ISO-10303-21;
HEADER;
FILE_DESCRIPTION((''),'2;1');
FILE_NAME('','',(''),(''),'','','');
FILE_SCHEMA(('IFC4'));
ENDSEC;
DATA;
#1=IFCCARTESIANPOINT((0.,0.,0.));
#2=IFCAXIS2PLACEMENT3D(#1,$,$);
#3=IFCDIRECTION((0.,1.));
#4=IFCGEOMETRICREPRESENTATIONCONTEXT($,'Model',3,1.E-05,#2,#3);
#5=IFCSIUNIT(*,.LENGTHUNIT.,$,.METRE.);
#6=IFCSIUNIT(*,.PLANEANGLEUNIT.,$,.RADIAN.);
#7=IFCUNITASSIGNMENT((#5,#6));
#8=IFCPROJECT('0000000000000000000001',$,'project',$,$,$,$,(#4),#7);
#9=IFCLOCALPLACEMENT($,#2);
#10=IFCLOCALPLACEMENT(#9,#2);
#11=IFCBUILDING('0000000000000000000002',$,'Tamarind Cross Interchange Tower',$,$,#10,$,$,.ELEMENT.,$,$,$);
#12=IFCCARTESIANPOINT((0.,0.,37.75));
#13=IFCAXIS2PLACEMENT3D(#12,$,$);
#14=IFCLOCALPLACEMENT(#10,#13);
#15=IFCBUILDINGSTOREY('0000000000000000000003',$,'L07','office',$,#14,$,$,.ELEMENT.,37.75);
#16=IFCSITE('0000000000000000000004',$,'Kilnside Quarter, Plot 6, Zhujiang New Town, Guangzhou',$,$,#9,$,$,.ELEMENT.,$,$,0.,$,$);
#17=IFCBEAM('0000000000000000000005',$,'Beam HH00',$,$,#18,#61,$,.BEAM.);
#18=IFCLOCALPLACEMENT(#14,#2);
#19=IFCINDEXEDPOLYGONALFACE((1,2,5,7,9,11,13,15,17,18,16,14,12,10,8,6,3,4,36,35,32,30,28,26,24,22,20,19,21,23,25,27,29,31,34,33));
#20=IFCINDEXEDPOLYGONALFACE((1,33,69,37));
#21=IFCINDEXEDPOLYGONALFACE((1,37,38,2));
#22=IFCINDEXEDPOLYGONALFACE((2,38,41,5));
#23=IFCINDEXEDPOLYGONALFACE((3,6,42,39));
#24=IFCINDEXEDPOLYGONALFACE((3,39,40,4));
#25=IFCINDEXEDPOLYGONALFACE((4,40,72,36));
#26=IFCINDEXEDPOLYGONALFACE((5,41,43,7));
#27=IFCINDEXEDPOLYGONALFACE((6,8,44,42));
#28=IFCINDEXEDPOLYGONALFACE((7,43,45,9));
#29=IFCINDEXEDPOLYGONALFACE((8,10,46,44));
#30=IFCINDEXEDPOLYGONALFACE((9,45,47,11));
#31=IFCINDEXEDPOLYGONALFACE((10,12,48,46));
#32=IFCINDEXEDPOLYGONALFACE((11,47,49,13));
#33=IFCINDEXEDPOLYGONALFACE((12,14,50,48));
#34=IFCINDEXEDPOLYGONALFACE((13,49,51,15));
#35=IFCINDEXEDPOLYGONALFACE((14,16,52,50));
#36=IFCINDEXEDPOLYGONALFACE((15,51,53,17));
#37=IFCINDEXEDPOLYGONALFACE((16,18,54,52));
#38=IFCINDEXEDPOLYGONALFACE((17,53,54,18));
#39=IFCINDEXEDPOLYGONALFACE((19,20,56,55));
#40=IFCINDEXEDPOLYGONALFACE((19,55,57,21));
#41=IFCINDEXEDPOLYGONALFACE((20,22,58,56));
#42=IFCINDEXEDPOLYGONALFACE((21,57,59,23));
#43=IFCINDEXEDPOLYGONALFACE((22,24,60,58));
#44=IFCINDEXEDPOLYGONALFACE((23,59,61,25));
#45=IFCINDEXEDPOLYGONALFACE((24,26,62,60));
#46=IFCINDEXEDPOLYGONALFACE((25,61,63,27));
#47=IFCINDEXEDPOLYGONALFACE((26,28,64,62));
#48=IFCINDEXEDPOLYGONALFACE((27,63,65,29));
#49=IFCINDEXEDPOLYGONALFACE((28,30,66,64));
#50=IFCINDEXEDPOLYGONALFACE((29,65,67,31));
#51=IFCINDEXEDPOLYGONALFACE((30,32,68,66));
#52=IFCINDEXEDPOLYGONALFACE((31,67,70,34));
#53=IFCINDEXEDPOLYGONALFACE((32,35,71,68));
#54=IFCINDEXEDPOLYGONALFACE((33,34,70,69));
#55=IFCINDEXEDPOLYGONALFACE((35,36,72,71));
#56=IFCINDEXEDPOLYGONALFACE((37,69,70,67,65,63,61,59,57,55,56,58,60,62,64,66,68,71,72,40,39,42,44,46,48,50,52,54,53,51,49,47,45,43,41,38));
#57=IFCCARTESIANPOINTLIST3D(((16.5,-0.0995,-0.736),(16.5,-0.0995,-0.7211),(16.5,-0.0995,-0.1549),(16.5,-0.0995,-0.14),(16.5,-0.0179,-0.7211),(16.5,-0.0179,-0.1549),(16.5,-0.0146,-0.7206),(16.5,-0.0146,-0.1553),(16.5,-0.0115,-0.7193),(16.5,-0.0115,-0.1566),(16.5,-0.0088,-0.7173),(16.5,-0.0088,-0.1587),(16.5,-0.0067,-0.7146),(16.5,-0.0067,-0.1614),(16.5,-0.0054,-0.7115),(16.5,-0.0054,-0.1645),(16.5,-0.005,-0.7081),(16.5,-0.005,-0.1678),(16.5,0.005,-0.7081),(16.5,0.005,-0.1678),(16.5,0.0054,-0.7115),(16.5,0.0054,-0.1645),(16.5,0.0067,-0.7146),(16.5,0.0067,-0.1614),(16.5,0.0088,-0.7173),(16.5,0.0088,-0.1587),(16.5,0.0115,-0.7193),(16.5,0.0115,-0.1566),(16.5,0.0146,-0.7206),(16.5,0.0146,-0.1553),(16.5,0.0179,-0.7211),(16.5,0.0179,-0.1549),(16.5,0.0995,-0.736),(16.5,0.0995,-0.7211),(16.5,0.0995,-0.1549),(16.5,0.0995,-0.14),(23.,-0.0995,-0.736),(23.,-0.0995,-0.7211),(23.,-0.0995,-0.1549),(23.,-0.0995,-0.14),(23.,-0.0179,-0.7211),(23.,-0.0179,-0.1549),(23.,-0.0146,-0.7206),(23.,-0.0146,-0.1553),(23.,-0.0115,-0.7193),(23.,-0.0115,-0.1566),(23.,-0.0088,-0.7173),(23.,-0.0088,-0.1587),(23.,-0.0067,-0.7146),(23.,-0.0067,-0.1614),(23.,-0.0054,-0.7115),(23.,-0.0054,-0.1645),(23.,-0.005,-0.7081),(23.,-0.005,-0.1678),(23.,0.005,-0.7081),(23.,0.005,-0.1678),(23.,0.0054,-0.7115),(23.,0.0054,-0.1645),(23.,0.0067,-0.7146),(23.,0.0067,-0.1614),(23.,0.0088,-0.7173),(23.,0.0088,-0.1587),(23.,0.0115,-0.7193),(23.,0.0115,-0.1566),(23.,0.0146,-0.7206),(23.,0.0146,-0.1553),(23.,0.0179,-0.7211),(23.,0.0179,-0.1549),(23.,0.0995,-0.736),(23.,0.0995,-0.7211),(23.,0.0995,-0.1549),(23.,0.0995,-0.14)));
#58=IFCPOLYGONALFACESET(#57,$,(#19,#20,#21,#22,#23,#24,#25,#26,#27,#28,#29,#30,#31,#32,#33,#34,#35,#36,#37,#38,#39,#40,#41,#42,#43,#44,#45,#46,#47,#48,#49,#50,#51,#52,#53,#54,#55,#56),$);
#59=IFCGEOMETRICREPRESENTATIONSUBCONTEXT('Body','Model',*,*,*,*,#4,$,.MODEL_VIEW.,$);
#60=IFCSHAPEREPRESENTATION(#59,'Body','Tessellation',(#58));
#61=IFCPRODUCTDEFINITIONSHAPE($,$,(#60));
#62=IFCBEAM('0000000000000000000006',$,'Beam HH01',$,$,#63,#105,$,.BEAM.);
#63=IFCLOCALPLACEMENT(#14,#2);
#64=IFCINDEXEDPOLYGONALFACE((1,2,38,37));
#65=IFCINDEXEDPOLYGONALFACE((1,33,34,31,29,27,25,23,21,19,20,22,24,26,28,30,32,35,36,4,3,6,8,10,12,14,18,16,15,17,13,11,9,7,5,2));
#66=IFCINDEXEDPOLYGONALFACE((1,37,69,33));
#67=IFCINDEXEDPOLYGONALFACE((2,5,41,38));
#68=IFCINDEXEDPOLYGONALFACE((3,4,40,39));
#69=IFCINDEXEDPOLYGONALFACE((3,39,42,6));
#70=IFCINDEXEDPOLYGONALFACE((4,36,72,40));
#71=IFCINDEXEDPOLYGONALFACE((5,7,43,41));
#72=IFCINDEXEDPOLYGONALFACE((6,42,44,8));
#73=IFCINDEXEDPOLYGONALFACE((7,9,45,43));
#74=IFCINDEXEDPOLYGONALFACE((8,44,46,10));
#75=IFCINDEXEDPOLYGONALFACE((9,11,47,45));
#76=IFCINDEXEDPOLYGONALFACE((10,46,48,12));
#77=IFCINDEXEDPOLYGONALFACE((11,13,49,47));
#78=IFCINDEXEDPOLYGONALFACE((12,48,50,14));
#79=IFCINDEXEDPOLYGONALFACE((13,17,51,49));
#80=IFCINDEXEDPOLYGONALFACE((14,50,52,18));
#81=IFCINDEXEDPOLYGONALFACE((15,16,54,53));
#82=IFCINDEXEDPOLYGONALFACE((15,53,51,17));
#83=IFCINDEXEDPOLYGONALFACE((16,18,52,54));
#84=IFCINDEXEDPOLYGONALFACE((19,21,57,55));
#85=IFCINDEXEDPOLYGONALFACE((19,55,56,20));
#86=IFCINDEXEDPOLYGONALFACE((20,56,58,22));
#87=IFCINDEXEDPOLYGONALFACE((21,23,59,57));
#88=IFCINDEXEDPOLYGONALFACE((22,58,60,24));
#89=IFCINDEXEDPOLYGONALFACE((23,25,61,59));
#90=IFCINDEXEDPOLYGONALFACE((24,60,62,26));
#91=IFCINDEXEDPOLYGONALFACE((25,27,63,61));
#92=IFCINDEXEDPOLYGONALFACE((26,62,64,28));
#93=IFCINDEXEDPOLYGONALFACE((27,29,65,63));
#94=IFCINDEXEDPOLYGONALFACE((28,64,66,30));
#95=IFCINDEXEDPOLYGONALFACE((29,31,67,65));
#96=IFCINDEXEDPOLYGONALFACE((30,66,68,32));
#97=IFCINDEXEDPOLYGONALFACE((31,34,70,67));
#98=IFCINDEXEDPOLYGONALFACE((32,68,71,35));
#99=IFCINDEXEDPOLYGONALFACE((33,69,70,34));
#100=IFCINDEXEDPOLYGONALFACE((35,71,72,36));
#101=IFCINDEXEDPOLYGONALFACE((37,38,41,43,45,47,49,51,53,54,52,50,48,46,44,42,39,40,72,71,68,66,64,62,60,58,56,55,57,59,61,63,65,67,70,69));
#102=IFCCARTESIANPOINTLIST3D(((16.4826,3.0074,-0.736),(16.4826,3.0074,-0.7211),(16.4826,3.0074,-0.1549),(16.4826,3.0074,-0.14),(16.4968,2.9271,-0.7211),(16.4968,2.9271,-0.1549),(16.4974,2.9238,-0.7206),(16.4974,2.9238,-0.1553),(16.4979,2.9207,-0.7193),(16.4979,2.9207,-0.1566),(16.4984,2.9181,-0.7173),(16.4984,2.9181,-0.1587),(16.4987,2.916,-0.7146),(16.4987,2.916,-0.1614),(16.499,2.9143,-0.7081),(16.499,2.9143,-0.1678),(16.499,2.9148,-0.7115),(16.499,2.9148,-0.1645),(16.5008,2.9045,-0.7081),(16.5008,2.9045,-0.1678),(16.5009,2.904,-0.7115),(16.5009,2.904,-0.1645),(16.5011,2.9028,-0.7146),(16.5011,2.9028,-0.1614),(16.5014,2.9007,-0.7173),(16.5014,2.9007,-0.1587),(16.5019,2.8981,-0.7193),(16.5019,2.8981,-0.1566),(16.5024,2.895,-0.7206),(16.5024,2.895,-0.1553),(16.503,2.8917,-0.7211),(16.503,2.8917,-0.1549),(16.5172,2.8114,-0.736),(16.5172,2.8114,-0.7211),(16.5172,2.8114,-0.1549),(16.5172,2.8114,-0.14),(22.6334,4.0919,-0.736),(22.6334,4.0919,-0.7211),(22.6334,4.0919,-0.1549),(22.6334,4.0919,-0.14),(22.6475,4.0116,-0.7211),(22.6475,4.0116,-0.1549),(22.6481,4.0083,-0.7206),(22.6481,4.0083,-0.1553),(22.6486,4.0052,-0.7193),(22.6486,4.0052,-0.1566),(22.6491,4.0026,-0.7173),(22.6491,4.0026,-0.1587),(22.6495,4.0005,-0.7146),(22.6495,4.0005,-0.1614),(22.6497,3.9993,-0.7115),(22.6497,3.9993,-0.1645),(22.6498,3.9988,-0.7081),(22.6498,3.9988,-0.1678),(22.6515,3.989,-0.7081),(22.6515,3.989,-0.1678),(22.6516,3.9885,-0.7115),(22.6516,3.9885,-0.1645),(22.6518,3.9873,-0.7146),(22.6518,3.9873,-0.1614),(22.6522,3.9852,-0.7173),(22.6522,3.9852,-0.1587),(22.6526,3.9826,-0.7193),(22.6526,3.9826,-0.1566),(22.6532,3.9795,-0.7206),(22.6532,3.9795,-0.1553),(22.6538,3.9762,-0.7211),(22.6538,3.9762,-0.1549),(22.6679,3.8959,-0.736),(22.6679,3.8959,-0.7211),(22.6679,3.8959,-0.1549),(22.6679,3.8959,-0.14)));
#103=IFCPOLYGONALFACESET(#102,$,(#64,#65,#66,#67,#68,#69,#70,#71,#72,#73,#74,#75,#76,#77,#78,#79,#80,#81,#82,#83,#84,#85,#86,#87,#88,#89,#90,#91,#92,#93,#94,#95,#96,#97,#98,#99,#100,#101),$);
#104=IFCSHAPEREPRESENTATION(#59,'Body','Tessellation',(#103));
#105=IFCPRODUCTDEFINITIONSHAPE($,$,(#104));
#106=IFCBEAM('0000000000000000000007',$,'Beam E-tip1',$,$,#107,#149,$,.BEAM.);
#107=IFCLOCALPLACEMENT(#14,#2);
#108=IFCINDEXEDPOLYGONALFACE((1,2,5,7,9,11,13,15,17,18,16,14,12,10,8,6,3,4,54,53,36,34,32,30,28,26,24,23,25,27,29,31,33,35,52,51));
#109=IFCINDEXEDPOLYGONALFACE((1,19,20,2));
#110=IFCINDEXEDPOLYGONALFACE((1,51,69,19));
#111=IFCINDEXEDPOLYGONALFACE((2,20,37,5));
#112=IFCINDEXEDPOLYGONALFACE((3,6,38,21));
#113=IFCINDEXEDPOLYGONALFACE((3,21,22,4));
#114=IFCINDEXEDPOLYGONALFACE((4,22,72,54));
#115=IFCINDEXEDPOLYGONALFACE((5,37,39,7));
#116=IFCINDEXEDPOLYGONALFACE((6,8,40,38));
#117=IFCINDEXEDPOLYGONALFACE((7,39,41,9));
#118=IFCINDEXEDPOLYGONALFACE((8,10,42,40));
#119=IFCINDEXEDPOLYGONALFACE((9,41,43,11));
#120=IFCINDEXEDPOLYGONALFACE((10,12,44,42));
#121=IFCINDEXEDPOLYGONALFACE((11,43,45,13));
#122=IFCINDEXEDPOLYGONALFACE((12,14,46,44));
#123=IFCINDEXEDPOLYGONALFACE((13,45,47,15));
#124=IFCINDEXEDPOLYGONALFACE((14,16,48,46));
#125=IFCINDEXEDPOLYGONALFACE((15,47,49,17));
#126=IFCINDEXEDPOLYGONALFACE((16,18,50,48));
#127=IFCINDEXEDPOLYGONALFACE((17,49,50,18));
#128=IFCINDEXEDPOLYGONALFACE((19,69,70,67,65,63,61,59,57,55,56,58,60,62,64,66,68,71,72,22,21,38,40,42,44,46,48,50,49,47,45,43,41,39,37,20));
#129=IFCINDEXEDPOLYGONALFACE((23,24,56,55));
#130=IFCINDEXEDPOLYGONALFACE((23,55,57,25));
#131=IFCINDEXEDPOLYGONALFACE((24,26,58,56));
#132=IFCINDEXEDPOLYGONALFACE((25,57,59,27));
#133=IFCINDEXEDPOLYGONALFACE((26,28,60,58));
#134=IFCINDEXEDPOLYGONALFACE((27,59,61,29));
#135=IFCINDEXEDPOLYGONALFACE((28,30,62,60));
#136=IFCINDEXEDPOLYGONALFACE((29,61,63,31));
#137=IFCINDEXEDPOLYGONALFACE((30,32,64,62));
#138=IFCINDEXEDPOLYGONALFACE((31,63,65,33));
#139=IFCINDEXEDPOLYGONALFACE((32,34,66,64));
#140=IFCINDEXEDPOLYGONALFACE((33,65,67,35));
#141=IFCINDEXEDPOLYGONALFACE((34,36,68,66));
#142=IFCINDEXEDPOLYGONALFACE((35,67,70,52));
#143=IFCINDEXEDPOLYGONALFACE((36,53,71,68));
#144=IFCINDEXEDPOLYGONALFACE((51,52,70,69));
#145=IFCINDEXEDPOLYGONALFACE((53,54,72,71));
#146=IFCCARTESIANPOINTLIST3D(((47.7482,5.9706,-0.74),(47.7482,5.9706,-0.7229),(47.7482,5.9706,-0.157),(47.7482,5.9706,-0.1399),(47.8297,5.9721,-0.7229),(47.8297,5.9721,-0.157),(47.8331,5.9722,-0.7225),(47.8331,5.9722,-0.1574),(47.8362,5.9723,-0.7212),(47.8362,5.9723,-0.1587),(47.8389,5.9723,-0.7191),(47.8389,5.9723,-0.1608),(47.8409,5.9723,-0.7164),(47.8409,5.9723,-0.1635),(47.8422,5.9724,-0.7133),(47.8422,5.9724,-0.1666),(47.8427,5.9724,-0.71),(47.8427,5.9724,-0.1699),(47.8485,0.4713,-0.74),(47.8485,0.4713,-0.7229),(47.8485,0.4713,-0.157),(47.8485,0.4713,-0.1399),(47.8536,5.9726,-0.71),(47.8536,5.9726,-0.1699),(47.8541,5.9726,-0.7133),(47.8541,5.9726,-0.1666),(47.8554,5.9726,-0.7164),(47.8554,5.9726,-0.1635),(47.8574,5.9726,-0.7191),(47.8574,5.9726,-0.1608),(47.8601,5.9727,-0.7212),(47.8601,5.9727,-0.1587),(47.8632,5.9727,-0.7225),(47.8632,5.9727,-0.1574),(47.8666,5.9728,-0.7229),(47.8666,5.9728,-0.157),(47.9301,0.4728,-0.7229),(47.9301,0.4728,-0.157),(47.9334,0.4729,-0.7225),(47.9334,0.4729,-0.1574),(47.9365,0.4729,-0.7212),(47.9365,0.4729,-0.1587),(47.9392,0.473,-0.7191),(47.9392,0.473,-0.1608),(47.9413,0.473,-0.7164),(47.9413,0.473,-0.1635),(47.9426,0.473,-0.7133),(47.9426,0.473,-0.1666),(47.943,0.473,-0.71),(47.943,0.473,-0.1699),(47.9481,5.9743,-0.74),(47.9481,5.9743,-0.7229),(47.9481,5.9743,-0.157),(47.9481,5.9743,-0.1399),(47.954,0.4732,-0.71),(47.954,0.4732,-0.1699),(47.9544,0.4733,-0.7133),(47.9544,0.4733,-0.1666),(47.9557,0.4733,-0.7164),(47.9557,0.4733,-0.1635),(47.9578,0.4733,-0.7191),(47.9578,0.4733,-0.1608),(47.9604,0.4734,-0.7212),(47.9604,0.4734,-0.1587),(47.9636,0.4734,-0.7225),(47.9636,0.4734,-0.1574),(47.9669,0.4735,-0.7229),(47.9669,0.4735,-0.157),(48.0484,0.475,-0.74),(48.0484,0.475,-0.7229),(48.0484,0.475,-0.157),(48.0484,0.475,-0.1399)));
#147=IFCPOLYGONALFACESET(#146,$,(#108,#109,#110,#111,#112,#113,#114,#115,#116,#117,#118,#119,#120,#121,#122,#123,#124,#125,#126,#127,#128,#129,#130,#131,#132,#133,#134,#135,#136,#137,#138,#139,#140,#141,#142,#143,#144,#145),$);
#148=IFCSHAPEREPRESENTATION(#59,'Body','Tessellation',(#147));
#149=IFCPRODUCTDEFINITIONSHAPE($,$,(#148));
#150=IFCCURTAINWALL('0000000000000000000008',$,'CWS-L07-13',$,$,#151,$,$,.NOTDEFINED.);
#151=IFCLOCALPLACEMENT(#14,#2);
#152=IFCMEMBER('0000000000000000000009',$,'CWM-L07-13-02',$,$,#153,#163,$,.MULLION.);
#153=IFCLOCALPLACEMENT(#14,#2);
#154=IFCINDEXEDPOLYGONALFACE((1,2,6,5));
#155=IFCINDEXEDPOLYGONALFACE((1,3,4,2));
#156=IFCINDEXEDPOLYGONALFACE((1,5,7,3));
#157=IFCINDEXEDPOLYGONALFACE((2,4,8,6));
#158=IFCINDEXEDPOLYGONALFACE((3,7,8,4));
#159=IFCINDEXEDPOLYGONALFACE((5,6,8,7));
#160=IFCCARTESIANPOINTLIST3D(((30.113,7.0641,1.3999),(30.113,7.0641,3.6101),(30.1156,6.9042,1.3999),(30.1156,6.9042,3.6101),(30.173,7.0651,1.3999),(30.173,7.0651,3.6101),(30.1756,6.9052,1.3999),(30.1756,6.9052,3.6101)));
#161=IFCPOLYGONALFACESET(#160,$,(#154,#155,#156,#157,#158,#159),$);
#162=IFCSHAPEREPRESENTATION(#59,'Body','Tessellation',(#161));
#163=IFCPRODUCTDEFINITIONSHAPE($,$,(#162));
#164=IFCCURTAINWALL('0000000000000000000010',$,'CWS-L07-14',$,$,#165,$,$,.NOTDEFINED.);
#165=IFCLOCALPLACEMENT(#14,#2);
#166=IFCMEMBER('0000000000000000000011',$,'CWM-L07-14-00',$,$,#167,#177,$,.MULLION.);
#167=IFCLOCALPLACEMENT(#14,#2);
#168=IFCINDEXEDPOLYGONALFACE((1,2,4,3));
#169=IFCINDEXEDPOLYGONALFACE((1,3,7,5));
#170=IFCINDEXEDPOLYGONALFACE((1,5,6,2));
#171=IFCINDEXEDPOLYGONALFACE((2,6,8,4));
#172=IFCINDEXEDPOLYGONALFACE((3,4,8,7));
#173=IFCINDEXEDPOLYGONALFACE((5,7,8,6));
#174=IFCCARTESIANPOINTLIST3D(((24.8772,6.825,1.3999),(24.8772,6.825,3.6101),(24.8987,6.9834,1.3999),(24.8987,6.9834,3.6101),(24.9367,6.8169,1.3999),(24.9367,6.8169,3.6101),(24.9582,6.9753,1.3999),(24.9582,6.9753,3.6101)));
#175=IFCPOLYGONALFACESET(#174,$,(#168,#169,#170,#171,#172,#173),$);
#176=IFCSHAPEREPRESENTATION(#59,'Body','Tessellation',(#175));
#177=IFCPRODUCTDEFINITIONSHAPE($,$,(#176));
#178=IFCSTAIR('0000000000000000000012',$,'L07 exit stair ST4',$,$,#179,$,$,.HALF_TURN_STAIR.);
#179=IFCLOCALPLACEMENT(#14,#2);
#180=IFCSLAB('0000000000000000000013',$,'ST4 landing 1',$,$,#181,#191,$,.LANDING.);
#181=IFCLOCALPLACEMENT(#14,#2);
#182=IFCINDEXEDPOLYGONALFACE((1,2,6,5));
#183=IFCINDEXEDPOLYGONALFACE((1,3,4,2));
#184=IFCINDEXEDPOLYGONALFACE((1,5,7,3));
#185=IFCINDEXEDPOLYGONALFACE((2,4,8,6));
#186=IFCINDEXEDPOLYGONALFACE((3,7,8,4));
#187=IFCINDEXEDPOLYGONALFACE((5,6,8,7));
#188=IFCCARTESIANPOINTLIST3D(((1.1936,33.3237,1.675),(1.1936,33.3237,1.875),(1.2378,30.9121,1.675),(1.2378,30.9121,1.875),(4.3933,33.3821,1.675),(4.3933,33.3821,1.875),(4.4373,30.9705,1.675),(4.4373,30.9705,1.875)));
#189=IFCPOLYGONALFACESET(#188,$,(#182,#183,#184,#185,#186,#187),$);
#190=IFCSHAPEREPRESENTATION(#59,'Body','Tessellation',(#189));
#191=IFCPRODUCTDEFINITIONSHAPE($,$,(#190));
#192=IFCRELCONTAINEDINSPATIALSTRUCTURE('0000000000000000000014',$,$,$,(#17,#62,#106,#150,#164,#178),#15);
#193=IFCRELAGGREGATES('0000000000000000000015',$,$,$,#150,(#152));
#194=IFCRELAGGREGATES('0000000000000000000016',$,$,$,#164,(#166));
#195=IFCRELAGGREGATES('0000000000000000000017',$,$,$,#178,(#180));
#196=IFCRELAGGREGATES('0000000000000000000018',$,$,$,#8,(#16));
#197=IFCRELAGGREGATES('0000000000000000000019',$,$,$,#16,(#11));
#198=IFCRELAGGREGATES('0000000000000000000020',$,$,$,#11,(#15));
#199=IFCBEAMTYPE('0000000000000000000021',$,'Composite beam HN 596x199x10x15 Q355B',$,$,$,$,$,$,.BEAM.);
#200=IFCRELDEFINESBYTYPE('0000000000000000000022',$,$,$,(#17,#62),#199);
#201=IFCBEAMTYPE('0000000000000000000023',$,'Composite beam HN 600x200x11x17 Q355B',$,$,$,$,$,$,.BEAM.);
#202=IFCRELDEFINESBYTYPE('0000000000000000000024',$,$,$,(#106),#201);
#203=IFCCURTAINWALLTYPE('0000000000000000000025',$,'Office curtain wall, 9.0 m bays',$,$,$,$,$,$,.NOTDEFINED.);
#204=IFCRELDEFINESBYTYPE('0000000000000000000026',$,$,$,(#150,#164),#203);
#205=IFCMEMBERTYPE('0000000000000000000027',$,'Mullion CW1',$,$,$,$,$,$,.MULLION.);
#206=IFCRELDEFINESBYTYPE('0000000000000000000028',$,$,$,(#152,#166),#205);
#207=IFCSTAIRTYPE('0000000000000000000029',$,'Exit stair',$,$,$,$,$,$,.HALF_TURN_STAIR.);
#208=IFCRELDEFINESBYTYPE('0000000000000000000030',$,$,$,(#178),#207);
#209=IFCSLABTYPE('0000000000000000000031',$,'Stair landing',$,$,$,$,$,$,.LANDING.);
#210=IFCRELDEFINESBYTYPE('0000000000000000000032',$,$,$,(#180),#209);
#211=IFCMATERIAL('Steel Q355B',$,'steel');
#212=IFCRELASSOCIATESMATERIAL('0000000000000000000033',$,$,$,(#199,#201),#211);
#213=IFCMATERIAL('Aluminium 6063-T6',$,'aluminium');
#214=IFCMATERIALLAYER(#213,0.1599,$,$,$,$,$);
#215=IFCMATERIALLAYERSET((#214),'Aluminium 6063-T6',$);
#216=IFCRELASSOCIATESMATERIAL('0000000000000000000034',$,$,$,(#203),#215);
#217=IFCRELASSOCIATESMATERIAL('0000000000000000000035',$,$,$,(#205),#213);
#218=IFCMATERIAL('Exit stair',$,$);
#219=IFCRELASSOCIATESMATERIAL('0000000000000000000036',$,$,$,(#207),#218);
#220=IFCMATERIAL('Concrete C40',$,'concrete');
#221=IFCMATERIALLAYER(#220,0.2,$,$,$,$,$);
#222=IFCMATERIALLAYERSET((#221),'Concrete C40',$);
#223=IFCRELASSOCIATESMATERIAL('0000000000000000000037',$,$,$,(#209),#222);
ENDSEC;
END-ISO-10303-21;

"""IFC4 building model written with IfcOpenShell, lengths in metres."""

from ifc_helpers import new_model, si_unit, direction, frame, origin, origin_2d, place, context, subcontext, project, spatial, polyline, rectangle, i_section, outline, extrude, material, layer, layer_set, material_profile, profile_set, type_object, element, aggregate, save


model = new_model("IFC4")

# Units and contexts
model_context = context("Model", 3, precision=1e-05, world=origin(), true_north=direction((0.0, 1.0)))
body_context = subcontext(model_context, "Body", "Model", "MODEL_VIEW")
ifc_project = project(units=[si_unit("LENGTHUNIT", "METRE"), si_unit("PLANEANGLEUNIT", "RADIAN")], contexts=[model_context])

# Site, building, storey
site_placement = place(None, origin())
site = spatial("IfcSite", under=ifc_project, at=site_placement, Name="Kilnside Quarter, Plot 6, Zhujiang New Town, Guangzhou", CompositionType="ELEMENT", RefElevation=0.0)
building_placement = place(site_placement, origin())
building = spatial("IfcBuilding", under=site, at=building_placement, Name="Tamarind Cross Interchange Tower", CompositionType="ELEMENT")
storey_placement = place(building_placement, frame((0.0, 0.0, 37.75)))
storey = spatial("IfcBuildingStorey", under=building, at=storey_placement, Name="L07", Description="office", CompositionType="ELEMENT", Elevation=37.75)

# Beams
ifc_material_1 = material(Name="Steel Q355B", Category="steel")
ifc_material_profile_1 = material_profile(ifc_material_1, i_section(OverallWidth=0.199, OverallDepth=0.5959, WebThickness=0.01, FlangeThickness=0.0149, FilletRadius=0.0129, at=origin_2d()), Name="HN 596x199x10x15")
ifc_profile_set_1 = profile_set([ifc_material_profile_1], Name="Steel Q355B")
beam_type_1 = type_object("IfcBeamType", Name="Composite beam HN 596x199x10x15 Q355B", PredefinedType="BEAM", material=ifc_profile_set_1)
beam_1_placement = place(storey_placement, frame((23.0, 0.0, -0.438), z_axis=(-1.0, 0.0, 0.0), x_axis=(0.0, -1.0, 0.0)))
element("IfcBeam", 1, at=beam_1_placement, inside=storey, type_object=beam_type_1, Name="Beam HH00", PredefinedType="BEAM", context=body_context, shape_type="SweptSolid", body=[
    extrude(i_section(OverallWidth=0.199, OverallDepth=0.5959, WebThickness=0.01, FlangeThickness=0.0149, FilletRadius=0.0129, at=origin_2d()), origin(), (0.0, 0.0, 1.0), 6.5),
])
beam_2_placement = place(storey_placement, frame((22.6506, 3.9939, -0.438), z_axis=(-0.984809, -0.17364, 0.0), x_axis=(0.17364, -0.984809, 0.0)))
element("IfcBeam", 2, at=beam_2_placement, inside=storey, type_object=beam_type_1, Name="Beam HH01", PredefinedType="BEAM", context=body_context, shape_type="SweptSolid", body=[
    extrude(i_section(OverallWidth=0.199, OverallDepth=0.5959, WebThickness=0.01, FlangeThickness=0.0149, FilletRadius=0.0129, at=origin_2d()), origin(), (0.0, 0.0, 1.0), 6.2456),
])
ifc_material_profile_2 = material_profile(ifc_material_1, i_section(OverallWidth=0.2, OverallDepth=0.6001, WebThickness=0.011, FlangeThickness=0.0171, FilletRadius=0.0129, at=origin_2d()), Name="HN 600x200x11x17")
ifc_profile_set_2 = profile_set([ifc_material_profile_2], Name="Steel Q355B")
beam_type_2 = type_object("IfcBeamType", Name="Composite beam HN 600x200x11x17 Q355B", PredefinedType="BEAM", material=ifc_profile_set_2)
beam_3_placement = place(storey_placement, frame((47.9485, 0.4731, -0.4399), z_axis=(-0.018243, 0.999834, 0.0), x_axis=(-0.999834, -0.018243, 0.0)))
element("IfcBeam", 3, at=beam_3_placement, inside=storey, type_object=beam_type_2, Name="Beam E-tip1", PredefinedType="BEAM", context=body_context, shape_type="SweptSolid", body=[
    extrude(i_section(OverallWidth=0.2, OverallDepth=0.6001, WebThickness=0.011, FlangeThickness=0.0171, FilletRadius=0.0129, at=origin_2d()), origin(), (0.0, 0.0, 1.0), 5.5002),
])

# Curtain walls, members
ifc_material_2 = material(Name="Aluminium 6063-T6", Category="aluminium")
ifc_layer_1 = layer(ifc_material_2, 0.1599)
ifc_layer_set_1 = layer_set([ifc_layer_1], Name="Aluminium 6063-T6")
curtain_wall_type = type_object("IfcCurtainWallType", Name="Office curtain wall, 9.0 m bays", PredefinedType="NOTDEFINED", material=ifc_layer_set_1)
curtain_wall_1_placement = place(storey_placement, origin())
curtain_wall_1 = element("IfcCurtainWall", 4, at=curtain_wall_1_placement, inside=storey, type_object=curtain_wall_type, Name="CWS-L07-13", PredefinedType="NOTDEFINED")
ifc_material_profile_3 = material_profile(ifc_material_2, rectangle(XDim=0.0601, YDim=0.1599, at=origin_2d()), Name="Mullion CW1")
ifc_profile_set_3 = profile_set([ifc_material_profile_3], Name="Aluminium 6063-T6")
member_type = type_object("IfcMemberType", Name="Mullion CW1", PredefinedType="MULLION", material=ifc_profile_set_3)
member_1_placement = place(storey_placement, frame((30.1443, 6.9846, 1.3999), z_axis=(0.0, 0.0, 1.0), x_axis=(-0.999869, -0.016194, 0.0)))
member_1 = element("IfcMember", 5, at=member_1_placement, type_object=member_type, Name="CWM-L07-13-02", PredefinedType="MULLION", context=body_context, shape_type="SweptSolid", body=[
    extrude(rectangle(XDim=0.0601, YDim=0.1599, at=origin_2d()), origin(), (0.0, 0.0, 1.0), 2.2102),
])
aggregate(curtain_wall_1, [member_1])
curtain_wall_2_placement = place(storey_placement, origin())
curtain_wall_2 = element("IfcCurtainWall", 6, at=curtain_wall_2_placement, inside=storey, type_object=curtain_wall_type, Name="CWS-L07-14", PredefinedType="NOTDEFINED")
member_2_placement = place(storey_placement, frame((24.9177, 6.9001, 1.3999), z_axis=(0.0, 0.0, 1.0), x_axis=(-0.990913, 0.134501, 0.0)))
member_2 = element("IfcMember", 7, at=member_2_placement, type_object=member_type, Name="CWM-L07-14-00", PredefinedType="MULLION", context=body_context, shape_type="SweptSolid", body=[
    extrude(rectangle(XDim=0.0601, YDim=0.1599, at=origin_2d()), origin(), (0.0, 0.0, 1.0), 2.2102),
])
aggregate(curtain_wall_2, [member_2])

# Stair, slab
ifc_material_3 = material(Name="Exit stair")
stair_type = type_object("IfcStairType", Name="Exit stair", PredefinedType="HALF_TURN_STAIR", material=ifc_material_3)
stair_1_placement = place(storey_placement, origin())
stair_1 = element("IfcStair", 8, at=stair_1_placement, inside=storey, type_object=stair_type, Name="L07 exit stair ST4", PredefinedType="HALF_TURN_STAIR")
ifc_material_4 = material(Name="Concrete C40", Category="concrete")
ifc_layer_2 = layer(ifc_material_4, 0.2)
ifc_layer_set_2 = layer_set([ifc_layer_2], Name="Concrete C40")
slab_type = type_object("IfcSlabType", Name="Stair landing", PredefinedType="LANDING", material=ifc_layer_set_2)
slab_1_placement = place(storey_placement, frame((0.0, 0.0, 1.675)))
slab_1 = element("IfcSlab", 9, at=slab_1_placement, type_object=slab_type, Name="ST4 landing 1", PredefinedType="LANDING", context=body_context, shape_type="SweptSolid", body=[
    extrude(outline(polyline([(4.4373, 30.9705), (4.3933, 33.3821), (1.1936, 33.3237), (1.2378, 30.9121), (4.4373, 30.9705)])), origin(), (0.0, 0.0, 1.0), 0.2),
])
aggregate(stair_1, [slab_1])

save(model, "model.ifc")
